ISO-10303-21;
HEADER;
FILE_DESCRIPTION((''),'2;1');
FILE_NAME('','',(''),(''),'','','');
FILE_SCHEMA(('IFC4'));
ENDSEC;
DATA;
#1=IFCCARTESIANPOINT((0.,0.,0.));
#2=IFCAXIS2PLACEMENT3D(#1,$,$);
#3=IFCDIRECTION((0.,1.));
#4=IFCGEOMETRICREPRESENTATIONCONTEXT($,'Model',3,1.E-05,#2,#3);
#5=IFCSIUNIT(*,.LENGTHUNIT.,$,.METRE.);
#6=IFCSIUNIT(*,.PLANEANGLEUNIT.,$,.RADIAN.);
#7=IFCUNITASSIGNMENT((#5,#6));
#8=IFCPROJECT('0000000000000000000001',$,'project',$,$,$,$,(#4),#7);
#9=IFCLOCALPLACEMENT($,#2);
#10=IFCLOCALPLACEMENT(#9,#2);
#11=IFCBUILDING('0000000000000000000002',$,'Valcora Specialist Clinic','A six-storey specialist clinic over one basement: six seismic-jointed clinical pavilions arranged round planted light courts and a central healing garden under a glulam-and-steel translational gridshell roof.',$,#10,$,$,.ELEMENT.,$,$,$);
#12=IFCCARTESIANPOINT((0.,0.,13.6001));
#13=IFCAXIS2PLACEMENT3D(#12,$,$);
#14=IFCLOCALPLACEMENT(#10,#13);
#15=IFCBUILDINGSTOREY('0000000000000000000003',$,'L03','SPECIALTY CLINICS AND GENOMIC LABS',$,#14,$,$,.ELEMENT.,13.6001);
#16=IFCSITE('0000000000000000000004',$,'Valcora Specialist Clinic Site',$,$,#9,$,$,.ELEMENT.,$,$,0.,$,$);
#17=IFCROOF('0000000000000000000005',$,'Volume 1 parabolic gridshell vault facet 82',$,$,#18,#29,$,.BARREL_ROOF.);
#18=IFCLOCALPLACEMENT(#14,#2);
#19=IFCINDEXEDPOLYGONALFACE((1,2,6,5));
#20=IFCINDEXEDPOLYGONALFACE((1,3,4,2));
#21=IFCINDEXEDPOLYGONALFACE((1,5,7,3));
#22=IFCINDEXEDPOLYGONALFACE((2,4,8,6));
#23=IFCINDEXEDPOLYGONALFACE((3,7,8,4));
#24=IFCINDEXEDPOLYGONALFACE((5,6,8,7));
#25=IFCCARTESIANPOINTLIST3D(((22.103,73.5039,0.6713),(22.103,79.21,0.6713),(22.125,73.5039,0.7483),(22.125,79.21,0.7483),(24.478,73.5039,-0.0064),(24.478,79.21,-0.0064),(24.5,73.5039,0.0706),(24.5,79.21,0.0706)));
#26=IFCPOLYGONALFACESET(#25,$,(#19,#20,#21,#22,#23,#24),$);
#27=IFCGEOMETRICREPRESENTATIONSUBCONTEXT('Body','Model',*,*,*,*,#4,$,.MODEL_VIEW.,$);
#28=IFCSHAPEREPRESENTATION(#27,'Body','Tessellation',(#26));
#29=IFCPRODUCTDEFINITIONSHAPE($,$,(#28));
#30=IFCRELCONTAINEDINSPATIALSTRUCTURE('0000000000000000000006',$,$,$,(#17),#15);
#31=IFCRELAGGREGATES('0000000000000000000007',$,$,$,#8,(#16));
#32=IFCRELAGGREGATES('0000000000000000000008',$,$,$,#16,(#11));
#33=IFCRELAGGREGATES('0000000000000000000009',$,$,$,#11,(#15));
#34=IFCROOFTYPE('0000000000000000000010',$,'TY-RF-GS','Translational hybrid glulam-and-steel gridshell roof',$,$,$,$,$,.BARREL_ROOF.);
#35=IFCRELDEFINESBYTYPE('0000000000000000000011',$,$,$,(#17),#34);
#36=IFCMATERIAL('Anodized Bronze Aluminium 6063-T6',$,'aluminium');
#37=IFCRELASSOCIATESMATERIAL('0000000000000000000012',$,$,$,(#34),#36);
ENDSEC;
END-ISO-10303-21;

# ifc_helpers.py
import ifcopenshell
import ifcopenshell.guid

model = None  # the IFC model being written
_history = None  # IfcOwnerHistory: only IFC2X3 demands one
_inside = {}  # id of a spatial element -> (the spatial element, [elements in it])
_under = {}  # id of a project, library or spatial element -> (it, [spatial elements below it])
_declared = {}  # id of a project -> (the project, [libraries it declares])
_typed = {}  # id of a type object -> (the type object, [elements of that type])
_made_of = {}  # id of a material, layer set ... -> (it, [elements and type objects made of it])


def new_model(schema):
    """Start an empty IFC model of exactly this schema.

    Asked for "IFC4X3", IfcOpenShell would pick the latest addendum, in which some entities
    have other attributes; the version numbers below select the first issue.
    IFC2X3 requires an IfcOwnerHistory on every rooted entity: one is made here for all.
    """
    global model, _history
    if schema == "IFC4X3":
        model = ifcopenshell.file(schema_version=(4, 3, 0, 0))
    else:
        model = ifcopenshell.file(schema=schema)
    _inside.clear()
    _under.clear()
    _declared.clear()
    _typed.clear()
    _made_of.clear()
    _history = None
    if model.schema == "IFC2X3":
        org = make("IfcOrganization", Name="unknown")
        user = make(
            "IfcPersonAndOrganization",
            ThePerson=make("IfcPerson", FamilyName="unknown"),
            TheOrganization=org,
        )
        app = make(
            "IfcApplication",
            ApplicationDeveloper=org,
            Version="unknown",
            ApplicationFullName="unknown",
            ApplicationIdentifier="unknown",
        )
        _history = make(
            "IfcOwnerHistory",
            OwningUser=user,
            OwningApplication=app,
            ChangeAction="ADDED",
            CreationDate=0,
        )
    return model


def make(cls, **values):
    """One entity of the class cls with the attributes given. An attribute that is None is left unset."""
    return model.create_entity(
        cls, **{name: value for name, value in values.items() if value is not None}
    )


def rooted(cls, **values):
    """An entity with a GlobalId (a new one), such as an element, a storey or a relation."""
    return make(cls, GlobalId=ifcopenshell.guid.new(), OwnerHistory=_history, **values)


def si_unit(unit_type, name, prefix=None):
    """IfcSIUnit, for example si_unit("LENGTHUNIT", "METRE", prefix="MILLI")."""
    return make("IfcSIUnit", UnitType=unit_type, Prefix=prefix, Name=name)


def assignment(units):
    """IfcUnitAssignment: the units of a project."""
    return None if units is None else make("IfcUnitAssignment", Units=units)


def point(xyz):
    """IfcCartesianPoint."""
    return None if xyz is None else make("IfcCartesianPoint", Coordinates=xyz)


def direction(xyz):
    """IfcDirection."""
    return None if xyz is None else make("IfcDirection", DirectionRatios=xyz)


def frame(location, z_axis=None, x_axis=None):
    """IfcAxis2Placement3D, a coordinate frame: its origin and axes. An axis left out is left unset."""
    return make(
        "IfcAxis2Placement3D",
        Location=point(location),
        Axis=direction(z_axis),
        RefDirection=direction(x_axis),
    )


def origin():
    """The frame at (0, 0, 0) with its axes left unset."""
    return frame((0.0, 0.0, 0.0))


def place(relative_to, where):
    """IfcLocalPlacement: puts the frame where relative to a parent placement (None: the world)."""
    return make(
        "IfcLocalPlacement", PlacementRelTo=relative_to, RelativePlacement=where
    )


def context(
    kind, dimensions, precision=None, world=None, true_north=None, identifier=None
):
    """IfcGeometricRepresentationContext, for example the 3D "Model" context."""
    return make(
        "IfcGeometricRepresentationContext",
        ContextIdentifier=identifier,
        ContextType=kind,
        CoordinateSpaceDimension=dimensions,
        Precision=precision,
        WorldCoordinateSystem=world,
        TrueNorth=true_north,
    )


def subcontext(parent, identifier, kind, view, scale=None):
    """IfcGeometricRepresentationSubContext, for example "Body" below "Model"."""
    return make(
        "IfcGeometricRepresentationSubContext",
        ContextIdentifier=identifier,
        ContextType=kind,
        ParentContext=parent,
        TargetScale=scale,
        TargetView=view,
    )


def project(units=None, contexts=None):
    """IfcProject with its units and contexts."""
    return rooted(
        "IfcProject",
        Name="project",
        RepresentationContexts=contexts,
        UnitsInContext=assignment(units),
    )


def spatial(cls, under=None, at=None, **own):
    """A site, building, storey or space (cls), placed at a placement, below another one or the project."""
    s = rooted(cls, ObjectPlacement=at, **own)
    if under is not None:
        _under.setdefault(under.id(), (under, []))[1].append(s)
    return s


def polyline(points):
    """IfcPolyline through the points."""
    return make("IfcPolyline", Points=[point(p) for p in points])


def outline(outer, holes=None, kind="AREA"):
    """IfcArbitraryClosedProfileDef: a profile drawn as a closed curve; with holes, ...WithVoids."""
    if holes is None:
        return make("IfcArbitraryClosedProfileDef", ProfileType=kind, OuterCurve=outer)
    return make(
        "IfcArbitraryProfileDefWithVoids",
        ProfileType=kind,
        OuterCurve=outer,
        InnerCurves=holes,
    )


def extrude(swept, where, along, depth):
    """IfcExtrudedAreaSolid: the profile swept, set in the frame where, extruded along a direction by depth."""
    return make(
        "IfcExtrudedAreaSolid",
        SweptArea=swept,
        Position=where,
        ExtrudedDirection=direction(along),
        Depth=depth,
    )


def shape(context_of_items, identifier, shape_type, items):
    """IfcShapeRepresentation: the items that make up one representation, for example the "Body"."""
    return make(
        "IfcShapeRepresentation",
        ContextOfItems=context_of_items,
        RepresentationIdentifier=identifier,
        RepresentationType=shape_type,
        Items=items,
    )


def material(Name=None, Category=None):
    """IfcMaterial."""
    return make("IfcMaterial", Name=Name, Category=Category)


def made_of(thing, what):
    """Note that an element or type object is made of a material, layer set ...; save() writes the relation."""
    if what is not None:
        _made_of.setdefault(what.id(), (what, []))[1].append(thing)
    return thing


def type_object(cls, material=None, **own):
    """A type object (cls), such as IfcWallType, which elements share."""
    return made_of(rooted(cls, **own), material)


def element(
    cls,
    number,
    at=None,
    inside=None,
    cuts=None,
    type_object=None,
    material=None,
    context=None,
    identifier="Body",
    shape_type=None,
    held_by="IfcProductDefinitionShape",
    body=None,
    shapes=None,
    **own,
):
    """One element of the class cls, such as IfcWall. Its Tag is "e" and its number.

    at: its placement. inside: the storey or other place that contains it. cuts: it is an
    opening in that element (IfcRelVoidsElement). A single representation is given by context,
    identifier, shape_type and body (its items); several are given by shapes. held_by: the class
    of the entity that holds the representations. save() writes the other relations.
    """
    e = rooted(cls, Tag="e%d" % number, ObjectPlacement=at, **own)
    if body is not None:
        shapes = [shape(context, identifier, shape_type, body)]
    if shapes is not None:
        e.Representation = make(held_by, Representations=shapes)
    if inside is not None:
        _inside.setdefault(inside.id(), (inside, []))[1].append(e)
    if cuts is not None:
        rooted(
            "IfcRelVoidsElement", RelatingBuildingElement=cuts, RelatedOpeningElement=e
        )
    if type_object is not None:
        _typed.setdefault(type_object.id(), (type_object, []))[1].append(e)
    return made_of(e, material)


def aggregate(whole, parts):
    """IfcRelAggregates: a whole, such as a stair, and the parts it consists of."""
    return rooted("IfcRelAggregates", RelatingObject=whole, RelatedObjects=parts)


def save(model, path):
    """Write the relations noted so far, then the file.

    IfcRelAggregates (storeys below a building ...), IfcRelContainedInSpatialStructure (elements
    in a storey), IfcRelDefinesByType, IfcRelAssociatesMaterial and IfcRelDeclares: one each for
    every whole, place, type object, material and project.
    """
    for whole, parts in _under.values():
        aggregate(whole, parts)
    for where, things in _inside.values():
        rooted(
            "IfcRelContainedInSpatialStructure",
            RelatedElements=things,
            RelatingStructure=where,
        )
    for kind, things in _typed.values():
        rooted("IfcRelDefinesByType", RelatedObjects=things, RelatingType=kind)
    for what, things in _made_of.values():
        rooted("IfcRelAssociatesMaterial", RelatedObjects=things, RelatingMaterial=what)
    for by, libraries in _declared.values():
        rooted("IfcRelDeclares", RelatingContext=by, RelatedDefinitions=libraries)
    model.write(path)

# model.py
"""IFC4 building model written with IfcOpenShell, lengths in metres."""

from ifc_helpers import new_model, si_unit, direction, frame, origin, place, context, subcontext, project, spatial, polyline, outline, extrude, material, type_object, element, save


model = new_model("IFC4")

# Units and contexts
model_context = context("Model", 3, precision=1e-05, world=origin(), true_north=direction((0.0, 1.0)))
body_context = subcontext(model_context, "Body", "Model", "MODEL_VIEW")
ifc_project = project(units=[si_unit("LENGTHUNIT", "METRE"), si_unit("PLANEANGLEUNIT", "RADIAN")], contexts=[model_context])

# Site, building, storey
site_placement = place(None, origin())
site = spatial("IfcSite", under=ifc_project, at=site_placement, Name="Valcora Specialist Clinic Site", CompositionType="ELEMENT", RefElevation=0.0)
building_placement = place(site_placement, origin())
building = spatial("IfcBuilding", under=site, at=building_placement, Name="Valcora Specialist Clinic", Description="A six-storey specialist clinic over one basement: six seismic-jointed clinical pavilions arranged round planted light courts and a central healing garden under a glulam-and-steel translational gridshell roof.", CompositionType="ELEMENT")
storey_placement = place(building_placement, frame((0.0, 0.0, 13.6001)))
storey = spatial("IfcBuildingStorey", under=building, at=storey_placement, Name="L03", Description="SPECIALTY CLINICS AND GENOMIC LABS", CompositionType="ELEMENT", Elevation=13.6001)

# Roof
ifc_material_1 = material(Name="Anodized Bronze Aluminium 6063-T6", Category="aluminium")
roof_type = type_object("IfcRoofType", Name="TY-RF-GS", Description="Translational hybrid glulam-and-steel gridshell roof", PredefinedType="BARREL_ROOF", material=ifc_material_1)
roof_1_placement = place(storey_placement, frame((22.125, 73.5039, 0.7483), z_axis=(0.274408, 0.0, 0.961613), x_axis=(0.961613, 0.0, -0.274408)))
element("IfcRoof", 1, at=roof_1_placement, inside=storey, type_object=roof_type, Name="Volume 1 parabolic gridshell vault facet 82", PredefinedType="BARREL_ROOF", context=body_context, shape_type="SweptSolid", body=[
    extrude(outline(polyline([(0.0, 0.0), (2.4698, 0.0), (2.4698, 5.7061), (0.0, 5.7061), (0.0, 0.0)])), origin(), (0.0, 0.0, -1.0), 0.0801),
])

save(model, "model.ifc")
